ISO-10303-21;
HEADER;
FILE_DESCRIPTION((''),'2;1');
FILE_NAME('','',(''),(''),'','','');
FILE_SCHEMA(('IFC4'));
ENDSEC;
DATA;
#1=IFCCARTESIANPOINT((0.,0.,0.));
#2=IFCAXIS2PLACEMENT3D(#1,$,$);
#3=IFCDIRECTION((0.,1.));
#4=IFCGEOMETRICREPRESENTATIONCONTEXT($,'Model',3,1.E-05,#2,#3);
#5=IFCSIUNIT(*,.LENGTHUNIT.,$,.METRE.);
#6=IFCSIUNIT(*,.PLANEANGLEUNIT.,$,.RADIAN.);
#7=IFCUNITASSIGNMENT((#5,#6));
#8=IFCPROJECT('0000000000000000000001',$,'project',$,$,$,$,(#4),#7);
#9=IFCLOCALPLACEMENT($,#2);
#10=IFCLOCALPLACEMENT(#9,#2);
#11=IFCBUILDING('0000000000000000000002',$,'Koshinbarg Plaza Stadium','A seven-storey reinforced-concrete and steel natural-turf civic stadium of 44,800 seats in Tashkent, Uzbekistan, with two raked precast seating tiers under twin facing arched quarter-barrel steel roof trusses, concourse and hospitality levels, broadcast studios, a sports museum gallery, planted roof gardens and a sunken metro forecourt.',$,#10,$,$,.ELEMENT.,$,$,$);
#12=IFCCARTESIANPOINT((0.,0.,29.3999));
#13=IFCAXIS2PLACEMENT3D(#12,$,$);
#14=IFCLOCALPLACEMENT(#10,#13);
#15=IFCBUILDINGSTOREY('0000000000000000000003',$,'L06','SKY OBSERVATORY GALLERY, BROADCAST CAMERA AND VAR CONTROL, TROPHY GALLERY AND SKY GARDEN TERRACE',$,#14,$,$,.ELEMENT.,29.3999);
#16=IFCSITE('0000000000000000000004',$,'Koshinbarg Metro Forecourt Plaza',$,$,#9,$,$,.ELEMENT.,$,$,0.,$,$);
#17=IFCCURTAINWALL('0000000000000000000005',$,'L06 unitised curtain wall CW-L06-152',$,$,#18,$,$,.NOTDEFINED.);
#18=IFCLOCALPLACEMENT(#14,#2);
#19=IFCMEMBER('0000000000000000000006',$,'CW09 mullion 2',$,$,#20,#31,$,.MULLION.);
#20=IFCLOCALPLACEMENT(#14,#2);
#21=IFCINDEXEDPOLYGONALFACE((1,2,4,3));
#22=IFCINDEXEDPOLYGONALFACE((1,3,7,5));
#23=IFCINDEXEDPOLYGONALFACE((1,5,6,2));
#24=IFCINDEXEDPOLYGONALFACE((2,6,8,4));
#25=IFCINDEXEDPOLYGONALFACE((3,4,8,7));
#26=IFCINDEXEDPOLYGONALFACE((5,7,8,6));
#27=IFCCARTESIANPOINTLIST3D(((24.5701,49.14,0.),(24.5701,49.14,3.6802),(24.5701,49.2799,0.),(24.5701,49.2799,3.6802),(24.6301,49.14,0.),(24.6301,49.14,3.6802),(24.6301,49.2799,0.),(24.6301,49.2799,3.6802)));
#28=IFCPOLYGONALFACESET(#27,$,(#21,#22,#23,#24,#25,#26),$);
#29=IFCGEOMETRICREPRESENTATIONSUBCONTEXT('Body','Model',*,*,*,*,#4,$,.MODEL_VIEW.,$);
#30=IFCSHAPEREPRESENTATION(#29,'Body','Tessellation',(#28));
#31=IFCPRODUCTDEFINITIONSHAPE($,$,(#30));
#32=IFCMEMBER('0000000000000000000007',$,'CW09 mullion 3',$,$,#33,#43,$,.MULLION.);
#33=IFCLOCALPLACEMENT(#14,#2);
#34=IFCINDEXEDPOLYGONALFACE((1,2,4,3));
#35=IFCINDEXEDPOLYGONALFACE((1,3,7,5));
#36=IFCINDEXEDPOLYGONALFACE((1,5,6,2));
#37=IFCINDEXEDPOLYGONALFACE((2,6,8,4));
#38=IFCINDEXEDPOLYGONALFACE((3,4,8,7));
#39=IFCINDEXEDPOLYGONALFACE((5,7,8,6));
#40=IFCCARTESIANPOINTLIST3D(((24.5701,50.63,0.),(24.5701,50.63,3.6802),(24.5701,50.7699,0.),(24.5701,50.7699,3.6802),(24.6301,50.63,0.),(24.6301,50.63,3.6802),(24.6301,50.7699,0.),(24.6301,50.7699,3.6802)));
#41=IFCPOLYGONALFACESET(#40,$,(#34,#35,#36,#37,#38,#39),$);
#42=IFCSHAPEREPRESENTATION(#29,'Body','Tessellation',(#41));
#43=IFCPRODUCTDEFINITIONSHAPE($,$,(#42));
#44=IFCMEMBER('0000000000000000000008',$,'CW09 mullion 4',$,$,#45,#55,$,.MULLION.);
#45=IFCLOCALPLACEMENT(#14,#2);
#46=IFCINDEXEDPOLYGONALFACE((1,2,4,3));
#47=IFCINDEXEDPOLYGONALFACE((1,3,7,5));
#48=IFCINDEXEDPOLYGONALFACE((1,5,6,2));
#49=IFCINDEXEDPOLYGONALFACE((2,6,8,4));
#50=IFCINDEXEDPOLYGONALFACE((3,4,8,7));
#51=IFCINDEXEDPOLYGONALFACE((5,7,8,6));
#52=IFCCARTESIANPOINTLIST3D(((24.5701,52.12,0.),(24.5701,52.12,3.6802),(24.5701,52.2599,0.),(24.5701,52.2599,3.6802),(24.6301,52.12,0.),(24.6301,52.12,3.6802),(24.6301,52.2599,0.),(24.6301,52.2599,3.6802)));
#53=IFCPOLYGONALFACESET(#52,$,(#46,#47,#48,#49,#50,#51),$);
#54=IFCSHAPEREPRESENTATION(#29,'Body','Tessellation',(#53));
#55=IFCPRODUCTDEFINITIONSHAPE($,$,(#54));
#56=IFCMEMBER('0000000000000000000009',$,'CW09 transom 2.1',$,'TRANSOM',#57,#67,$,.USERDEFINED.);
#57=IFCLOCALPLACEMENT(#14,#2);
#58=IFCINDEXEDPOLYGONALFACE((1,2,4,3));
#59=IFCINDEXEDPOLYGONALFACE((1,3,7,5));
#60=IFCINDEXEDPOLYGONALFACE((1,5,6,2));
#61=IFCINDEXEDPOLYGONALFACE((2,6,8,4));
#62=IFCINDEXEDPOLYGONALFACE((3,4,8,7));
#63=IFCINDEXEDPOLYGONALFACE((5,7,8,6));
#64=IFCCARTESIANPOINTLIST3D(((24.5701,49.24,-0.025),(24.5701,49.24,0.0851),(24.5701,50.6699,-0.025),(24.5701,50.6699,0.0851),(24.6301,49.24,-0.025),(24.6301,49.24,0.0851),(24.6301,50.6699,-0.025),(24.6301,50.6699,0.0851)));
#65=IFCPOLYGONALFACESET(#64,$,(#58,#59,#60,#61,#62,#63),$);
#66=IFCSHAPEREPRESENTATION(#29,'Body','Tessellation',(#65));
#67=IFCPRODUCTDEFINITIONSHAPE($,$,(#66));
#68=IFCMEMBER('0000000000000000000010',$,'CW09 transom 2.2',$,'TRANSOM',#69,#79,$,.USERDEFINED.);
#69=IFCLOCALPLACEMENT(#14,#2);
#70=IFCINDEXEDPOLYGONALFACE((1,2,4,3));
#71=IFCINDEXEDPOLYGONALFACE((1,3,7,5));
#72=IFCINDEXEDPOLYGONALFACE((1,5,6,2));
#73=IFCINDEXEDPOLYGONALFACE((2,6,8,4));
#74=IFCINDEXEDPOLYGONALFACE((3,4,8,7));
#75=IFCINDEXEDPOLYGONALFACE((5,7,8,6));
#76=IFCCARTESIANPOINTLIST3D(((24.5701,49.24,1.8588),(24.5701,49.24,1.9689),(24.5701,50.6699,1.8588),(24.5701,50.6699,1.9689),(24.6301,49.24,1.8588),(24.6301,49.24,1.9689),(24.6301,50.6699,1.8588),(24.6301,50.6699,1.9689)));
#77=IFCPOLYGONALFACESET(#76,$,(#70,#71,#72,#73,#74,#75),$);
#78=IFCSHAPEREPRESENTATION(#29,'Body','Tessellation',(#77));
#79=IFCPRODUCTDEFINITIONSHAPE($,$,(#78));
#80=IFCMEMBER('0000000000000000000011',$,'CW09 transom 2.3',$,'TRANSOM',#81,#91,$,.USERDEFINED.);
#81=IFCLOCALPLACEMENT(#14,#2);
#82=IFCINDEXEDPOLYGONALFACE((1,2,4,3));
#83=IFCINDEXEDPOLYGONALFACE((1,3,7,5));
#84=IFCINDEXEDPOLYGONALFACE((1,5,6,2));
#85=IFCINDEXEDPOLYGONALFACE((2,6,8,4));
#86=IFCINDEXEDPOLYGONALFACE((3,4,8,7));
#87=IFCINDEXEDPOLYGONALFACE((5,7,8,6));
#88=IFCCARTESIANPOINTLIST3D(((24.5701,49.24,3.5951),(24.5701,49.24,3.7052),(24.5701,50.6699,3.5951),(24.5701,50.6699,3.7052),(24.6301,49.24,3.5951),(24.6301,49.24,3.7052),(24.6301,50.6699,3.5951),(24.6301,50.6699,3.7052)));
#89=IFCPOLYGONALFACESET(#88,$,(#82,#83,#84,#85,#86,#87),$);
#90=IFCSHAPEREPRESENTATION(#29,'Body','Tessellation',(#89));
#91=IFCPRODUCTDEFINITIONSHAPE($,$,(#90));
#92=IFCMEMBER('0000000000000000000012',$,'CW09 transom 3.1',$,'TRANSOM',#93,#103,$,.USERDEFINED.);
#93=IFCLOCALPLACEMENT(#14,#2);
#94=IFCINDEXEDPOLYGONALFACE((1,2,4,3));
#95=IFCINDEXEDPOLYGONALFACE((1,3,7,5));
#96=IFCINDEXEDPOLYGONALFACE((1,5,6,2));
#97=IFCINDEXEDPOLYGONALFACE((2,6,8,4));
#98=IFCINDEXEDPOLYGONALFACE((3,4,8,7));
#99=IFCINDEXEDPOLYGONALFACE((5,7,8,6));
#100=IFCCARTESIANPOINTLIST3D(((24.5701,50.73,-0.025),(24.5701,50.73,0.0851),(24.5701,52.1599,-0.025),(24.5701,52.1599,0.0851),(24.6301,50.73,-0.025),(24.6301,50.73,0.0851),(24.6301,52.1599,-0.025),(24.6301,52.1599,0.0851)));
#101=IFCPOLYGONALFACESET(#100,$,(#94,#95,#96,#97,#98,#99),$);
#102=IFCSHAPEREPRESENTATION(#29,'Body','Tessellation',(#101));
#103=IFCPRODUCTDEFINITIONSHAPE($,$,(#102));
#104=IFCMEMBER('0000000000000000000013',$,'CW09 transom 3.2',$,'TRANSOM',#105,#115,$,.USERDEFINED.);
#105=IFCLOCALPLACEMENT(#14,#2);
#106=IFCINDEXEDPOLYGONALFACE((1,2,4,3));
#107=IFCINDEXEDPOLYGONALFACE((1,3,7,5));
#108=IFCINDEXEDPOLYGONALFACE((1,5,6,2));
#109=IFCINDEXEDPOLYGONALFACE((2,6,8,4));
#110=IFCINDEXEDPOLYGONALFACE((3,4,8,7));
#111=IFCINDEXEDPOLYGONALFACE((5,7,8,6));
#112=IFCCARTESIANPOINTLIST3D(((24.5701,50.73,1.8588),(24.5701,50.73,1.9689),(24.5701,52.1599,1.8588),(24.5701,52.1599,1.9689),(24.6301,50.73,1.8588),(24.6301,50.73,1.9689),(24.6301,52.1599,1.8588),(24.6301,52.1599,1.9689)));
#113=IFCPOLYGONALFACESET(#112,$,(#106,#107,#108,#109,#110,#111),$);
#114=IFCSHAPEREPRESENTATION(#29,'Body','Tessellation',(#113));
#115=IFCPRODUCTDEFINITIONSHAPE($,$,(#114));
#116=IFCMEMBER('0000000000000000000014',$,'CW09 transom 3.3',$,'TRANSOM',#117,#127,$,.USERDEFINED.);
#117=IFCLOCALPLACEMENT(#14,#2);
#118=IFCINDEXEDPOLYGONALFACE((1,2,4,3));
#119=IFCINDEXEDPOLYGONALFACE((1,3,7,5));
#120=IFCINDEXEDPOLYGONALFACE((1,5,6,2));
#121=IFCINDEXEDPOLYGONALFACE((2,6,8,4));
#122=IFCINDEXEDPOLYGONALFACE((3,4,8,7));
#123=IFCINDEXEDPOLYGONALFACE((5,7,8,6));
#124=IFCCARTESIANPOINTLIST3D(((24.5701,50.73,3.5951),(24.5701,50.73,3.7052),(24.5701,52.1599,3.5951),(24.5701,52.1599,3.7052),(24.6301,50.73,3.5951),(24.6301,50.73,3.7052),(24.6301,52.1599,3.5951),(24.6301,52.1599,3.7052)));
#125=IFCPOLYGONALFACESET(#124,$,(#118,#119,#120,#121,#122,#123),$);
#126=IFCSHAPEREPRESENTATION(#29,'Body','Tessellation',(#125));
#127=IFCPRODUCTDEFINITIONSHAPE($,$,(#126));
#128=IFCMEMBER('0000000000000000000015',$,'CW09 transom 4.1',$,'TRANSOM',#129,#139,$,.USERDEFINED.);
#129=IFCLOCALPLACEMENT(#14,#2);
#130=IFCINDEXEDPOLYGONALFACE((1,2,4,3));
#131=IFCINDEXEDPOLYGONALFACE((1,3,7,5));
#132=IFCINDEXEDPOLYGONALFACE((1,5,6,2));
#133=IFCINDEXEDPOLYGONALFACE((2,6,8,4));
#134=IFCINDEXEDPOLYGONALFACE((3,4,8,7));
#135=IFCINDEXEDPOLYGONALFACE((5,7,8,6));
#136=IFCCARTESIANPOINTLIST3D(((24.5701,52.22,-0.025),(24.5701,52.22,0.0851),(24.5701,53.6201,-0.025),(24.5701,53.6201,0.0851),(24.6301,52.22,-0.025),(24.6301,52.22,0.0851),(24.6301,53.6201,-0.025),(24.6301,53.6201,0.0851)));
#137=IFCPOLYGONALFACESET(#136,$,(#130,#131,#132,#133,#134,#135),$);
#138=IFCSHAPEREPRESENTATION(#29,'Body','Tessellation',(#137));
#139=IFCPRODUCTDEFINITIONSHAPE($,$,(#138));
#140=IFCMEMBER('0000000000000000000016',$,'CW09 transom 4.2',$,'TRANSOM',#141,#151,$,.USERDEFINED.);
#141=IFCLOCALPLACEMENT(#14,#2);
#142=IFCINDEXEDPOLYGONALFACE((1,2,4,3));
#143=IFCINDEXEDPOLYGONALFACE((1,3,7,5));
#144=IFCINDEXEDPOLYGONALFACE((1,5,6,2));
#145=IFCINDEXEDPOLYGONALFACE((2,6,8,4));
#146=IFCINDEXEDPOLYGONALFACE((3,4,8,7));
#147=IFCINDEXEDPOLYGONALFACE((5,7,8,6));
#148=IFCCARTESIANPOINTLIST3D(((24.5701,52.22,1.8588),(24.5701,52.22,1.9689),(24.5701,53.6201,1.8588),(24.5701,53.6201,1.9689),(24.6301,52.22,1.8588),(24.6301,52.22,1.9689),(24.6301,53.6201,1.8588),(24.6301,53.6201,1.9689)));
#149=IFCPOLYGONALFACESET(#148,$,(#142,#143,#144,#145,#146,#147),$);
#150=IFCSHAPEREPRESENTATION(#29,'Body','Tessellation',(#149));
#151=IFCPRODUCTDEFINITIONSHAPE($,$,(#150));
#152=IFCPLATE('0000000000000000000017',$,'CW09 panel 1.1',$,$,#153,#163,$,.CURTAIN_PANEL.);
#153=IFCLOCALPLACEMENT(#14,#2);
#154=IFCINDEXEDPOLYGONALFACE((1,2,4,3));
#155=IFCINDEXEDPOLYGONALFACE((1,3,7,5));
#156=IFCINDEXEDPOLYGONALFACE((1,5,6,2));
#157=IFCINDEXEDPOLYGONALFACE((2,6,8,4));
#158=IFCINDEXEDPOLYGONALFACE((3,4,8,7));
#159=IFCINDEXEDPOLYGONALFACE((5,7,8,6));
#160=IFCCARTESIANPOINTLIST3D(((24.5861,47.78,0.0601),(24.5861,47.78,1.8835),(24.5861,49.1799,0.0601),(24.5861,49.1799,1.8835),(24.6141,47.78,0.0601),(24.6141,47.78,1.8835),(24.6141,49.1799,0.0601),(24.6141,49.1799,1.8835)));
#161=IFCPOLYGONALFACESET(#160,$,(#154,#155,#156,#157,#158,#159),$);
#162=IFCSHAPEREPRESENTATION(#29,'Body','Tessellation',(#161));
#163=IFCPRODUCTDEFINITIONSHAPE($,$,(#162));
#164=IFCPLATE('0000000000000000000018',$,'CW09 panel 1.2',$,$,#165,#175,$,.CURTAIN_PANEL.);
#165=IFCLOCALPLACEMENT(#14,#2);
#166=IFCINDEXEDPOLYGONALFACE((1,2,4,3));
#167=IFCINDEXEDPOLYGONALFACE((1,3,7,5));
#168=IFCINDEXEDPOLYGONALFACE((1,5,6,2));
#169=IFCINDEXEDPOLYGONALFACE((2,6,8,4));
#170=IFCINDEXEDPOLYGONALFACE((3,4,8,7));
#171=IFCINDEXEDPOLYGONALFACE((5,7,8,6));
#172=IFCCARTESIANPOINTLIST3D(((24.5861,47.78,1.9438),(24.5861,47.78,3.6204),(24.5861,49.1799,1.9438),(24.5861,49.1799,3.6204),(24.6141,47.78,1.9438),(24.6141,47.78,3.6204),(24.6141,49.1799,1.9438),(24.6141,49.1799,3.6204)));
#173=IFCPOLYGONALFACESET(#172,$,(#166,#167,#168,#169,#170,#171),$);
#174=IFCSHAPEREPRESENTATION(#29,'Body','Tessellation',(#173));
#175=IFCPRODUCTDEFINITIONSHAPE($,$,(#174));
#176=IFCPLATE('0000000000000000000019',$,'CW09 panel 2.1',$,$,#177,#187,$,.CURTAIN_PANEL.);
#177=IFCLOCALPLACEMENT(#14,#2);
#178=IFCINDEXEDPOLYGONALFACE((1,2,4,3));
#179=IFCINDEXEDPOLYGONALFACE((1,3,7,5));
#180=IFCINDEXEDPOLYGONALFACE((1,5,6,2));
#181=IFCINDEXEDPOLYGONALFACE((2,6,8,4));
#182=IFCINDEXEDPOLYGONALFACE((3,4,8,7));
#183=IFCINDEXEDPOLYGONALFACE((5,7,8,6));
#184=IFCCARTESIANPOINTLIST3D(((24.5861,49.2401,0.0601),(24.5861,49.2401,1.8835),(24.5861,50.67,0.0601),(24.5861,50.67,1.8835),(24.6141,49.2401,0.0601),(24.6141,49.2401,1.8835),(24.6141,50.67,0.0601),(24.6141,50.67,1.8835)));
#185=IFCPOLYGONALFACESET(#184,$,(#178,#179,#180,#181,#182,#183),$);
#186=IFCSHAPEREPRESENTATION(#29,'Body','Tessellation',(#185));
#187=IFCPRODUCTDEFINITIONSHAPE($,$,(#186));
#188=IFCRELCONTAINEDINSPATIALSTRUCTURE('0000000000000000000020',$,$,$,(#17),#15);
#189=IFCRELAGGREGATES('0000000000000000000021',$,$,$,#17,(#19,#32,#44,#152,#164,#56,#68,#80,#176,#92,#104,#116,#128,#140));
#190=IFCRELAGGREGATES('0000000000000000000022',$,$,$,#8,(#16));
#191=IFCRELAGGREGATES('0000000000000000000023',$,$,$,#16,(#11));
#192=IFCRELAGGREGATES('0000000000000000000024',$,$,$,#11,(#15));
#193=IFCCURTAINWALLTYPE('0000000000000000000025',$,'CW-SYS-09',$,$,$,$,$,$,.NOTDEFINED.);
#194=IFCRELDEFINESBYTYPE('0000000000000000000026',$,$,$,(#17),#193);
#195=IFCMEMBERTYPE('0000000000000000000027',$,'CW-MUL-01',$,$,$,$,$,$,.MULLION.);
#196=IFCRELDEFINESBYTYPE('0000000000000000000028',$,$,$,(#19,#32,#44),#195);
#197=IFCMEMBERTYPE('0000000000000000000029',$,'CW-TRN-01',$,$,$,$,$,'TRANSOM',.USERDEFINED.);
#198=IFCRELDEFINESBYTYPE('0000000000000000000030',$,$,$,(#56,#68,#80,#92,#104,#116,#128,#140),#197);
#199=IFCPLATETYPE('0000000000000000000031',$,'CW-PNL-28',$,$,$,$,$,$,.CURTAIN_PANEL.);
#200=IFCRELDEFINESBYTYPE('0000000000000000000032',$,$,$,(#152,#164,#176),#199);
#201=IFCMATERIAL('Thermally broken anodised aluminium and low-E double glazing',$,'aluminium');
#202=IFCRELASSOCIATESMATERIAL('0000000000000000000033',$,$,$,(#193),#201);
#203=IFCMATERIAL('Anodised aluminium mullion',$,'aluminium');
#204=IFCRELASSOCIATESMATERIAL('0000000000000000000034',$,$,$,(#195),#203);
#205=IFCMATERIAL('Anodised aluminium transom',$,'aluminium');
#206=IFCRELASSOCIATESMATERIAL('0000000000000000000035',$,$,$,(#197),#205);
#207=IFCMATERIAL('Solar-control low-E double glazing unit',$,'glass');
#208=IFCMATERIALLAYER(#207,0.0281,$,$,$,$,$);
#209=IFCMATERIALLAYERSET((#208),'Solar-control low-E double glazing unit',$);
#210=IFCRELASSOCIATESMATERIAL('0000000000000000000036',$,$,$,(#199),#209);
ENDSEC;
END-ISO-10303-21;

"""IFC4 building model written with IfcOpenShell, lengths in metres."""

from ifc_helpers import new_model, si_unit, direction, frame, origin, origin_2d, place, context, subcontext, project, spatial, rectangle, extrude, material, layer, layer_set, material_profile, profile_set, type_object, element, aggregate, save


model = new_model("IFC4")

# Units and contexts
model_context = context("Model", 3, precision=1e-05, world=origin(), true_north=direction((0.0, 1.0)))
body_context = subcontext(model_context, "Body", "Model", "MODEL_VIEW")
ifc_project = project(units=[si_unit("LENGTHUNIT", "METRE"), si_unit("PLANEANGLEUNIT", "RADIAN")], contexts=[model_context])

# Site, building, storey
site_placement = place(None, origin())
site = spatial("IfcSite", under=ifc_project, at=site_placement, Name="Koshinbarg Metro Forecourt Plaza", CompositionType="ELEMENT", RefElevation=0.0)
building_placement = place(site_placement, origin())
building = spatial("IfcBuilding", under=site, at=building_placement, Name="Koshinbarg Plaza Stadium", Description="A seven-storey reinforced-concrete and steel natural-turf civic stadium of 44,800 seats in Tashkent, Uzbekistan, with two raked precast seating tiers under twin facing arched quarter-barrel steel roof trusses, concourse and hospitality levels, broadcast studios, a sports museum gallery, planted roof gardens and a sunken metro forecourt.", CompositionType="ELEMENT")
storey_placement = place(building_placement, frame((0.0, 0.0, 29.3999)))
storey = spatial("IfcBuildingStorey", under=building, at=storey_placement, Name="L06", Description="SKY OBSERVATORY GALLERY, BROADCAST CAMERA AND VAR CONTROL, TROPHY GALLERY AND SKY GARDEN TERRACE", CompositionType="ELEMENT", Elevation=29.3999)

# Curtain wall, members, plates
ifc_material_1 = material(Name="Thermally broken anodised aluminium and low-E double glazing", Category="aluminium")
curtain_wall_type = type_object("IfcCurtainWallType", Name="CW-SYS-09", PredefinedType="NOTDEFINED", material=ifc_material_1)
curtain_wall_placement = place(storey_placement, origin())
curtain_wall = element("IfcCurtainWall", 1, at=curtain_wall_placement, inside=storey, type_object=curtain_wall_type, Name="L06 unitised curtain wall CW-L06-152", PredefinedType="NOTDEFINED")
ifc_material_2 = material(Name="Anodised aluminium mullion", Category="aluminium")
ifc_material_profile_1 = material_profile(ifc_material_2, rectangle(XDim=0.0601, YDim=0.1399, at=origin_2d()), Name="ALU 60x140")
ifc_profile_set_1 = profile_set([ifc_material_profile_1], Name="Anodised aluminium mullion")
member_type_1 = type_object("IfcMemberType", Name="CW-MUL-01", PredefinedType="MULLION", material=ifc_profile_set_1)
member_1_placement = place(storey_placement, frame((24.6001, 49.21, 0.0), z_axis=(0.0, 0.0, 1.0), x_axis=(-1.0, 0.0, 0.0)))
member_1 = element("IfcMember", 2, at=member_1_placement, type_object=member_type_1, Name="CW09 mullion 2", PredefinedType="MULLION", context=body_context, shape_type="SweptSolid", body=[
    extrude(rectangle(XDim=0.0601, YDim=0.1399, at=origin_2d()), origin(), (0.0, 0.0, 1.0), 3.6802),
])
member_2_placement = place(storey_placement, frame((24.6001, 50.7, 0.0), z_axis=(0.0, 0.0, 1.0), x_axis=(-1.0, 0.0, 0.0)))
member_2 = element("IfcMember", 3, at=member_2_placement, type_object=member_type_1, Name="CW09 mullion 3", PredefinedType="MULLION", context=body_context, shape_type="SweptSolid", body=[
    extrude(rectangle(XDim=0.0601, YDim=0.1399, at=origin_2d()), origin(), (0.0, 0.0, 1.0), 3.6802),
])
member_3_placement = place(storey_placement, frame((24.6001, 52.1899, 0.0), z_axis=(0.0, 0.0, 1.0), x_axis=(-1.0, 0.0, 0.0)))
member_3 = element("IfcMember", 4, at=member_3_placement, type_object=member_type_1, Name="CW09 mullion 4", PredefinedType="MULLION", context=body_context, shape_type="SweptSolid", body=[
    extrude(rectangle(XDim=0.0601, YDim=0.1399, at=origin_2d()), origin(), (0.0, 0.0, 1.0), 3.6802),
])
ifc_material_3 = material(Name="Anodised aluminium transom", Category="aluminium")
ifc_material_profile_2 = material_profile(ifc_material_3, rectangle(XDim=0.0601, YDim=0.1101, at=origin_2d()), Name="ALU 60x110")
ifc_profile_set_2 = profile_set([ifc_material_profile_2], Name="Anodised aluminium transom")
member_type_2 = type_object("IfcMemberType", Name="CW-TRN-01", ElementType="TRANSOM", PredefinedType="USERDEFINED", material=ifc_profile_set_2)
member_4_placement = place(storey_placement, frame((24.6001, 49.24, 0.03), z_axis=(0.0, 1.0, 0.0), x_axis=(-1.0, 0.0, 0.0)))
member_4 = element("IfcMember", 5, at=member_4_placement, type_object=member_type_2, Name="CW09 transom 2.1", ObjectType="TRANSOM", PredefinedType="USERDEFINED", context=body_context, shape_type="SweptSolid", body=[
    extrude(rectangle(XDim=0.0601, YDim=0.1101, at=origin_2d()), origin(), (0.0, 0.0, 1.0), 1.4299),
])
member_5_placement = place(storey_placement, frame((24.6001, 49.24, 1.9138), z_axis=(0.0, 1.0, 0.0), x_axis=(-1.0, 0.0, 0.0)))
member_5 = element("IfcMember", 6, at=member_5_placement, type_object=member_type_2, Name="CW09 transom 2.2", ObjectType="TRANSOM", PredefinedType="USERDEFINED", context=body_context, shape_type="SweptSolid", body=[
    extrude(rectangle(XDim=0.0601, YDim=0.1101, at=origin_2d()), origin(), (0.0, 0.0, 1.0), 1.4299),
])
member_6_placement = place(storey_placement, frame((24.6001, 49.24, 3.6501), z_axis=(0.0, 1.0, 0.0), x_axis=(-1.0, 0.0, 0.0)))
member_6 = element("IfcMember", 7, at=member_6_placement, type_object=member_type_2, Name="CW09 transom 2.3", ObjectType="TRANSOM", PredefinedType="USERDEFINED", context=body_context, shape_type="SweptSolid", body=[
    extrude(rectangle(XDim=0.0601, YDim=0.1101, at=origin_2d()), origin(), (0.0, 0.0, 1.0), 1.4299),
])
member_7_placement = place(storey_placement, frame((24.6001, 50.73, 0.03), z_axis=(0.0, 1.0, 0.0), x_axis=(-1.0, 0.0, 0.0)))
member_7 = element("IfcMember", 8, at=member_7_placement, type_object=member_type_2, Name="CW09 transom 3.1", ObjectType="TRANSOM", PredefinedType="USERDEFINED", context=body_context, shape_type="SweptSolid", body=[
    extrude(rectangle(XDim=0.0601, YDim=0.1101, at=origin_2d()), origin(), (0.0, 0.0, 1.0), 1.4299),
])
member_8_placement = place(storey_placement, frame((24.6001, 50.73, 1.9138), z_axis=(0.0, 1.0, 0.0), x_axis=(-1.0, 0.0, 0.0)))
member_8 = element("IfcMember", 9, at=member_8_placement, type_object=member_type_2, Name="CW09 transom 3.2", ObjectType="TRANSOM", PredefinedType="USERDEFINED", context=body_context, shape_type="SweptSolid", body=[
    extrude(rectangle(XDim=0.0601, YDim=0.1101, at=origin_2d()), origin(), (0.0, 0.0, 1.0), 1.4299),
])
member_9_placement = place(storey_placement, frame((24.6001, 50.73, 3.6501), z_axis=(0.0, 1.0, 0.0), x_axis=(-1.0, 0.0, 0.0)))
member_9 = element("IfcMember", 10, at=member_9_placement, type_object=member_type_2, Name="CW09 transom 3.3", ObjectType="TRANSOM", PredefinedType="USERDEFINED", context=body_context, shape_type="SweptSolid", body=[
    extrude(rectangle(XDim=0.0601, YDim=0.1101, at=origin_2d()), origin(), (0.0, 0.0, 1.0), 1.4299),
])
member_10_placement = place(storey_placement, frame((24.6001, 52.22, 0.03), z_axis=(0.0, 1.0, 0.0), x_axis=(-1.0, 0.0, 0.0)))
member_10 = element("IfcMember", 11, at=member_10_placement, type_object=member_type_2, Name="CW09 transom 4.1", ObjectType="TRANSOM", PredefinedType="USERDEFINED", context=body_context, shape_type="SweptSolid", body=[
    extrude(rectangle(XDim=0.0601, YDim=0.1101, at=origin_2d()), origin(), (0.0, 0.0, 1.0), 1.4001),
])
member_11_placement = place(storey_placement, frame((24.6001, 52.22, 1.9138), z_axis=(0.0, 1.0, 0.0), x_axis=(-1.0, 0.0, 0.0)))
member_11 = element("IfcMember", 12, at=member_11_placement, type_object=member_type_2, Name="CW09 transom 4.2", ObjectType="TRANSOM", PredefinedType="USERDEFINED", context=body_context, shape_type="SweptSolid", body=[
    extrude(rectangle(XDim=0.0601, YDim=0.1101, at=origin_2d()), origin(), (0.0, 0.0, 1.0), 1.4001),
])
ifc_material_4 = material(Name="Solar-control low-E double glazing unit", Category="glass")
ifc_layer_1 = layer(ifc_material_4, 0.0281)
ifc_layer_set_1 = layer_set([ifc_layer_1], Name="Solar-control low-E double glazing unit")
plate_type = type_object("IfcPlateType", Name="CW-PNL-28", PredefinedType="CURTAIN_PANEL", material=ifc_layer_set_1)
plate_1_placement = place(storey_placement, frame((24.6001, 48.48, 0.0601), z_axis=(0.0, 0.0, 1.0), x_axis=(0.0, 1.0, 0.0)))
plate_1 = element("IfcPlate", 13, at=plate_1_placement, type_object=plate_type, Name="CW09 panel 1.1", PredefinedType="CURTAIN_PANEL", context=body_context, shape_type="SweptSolid", body=[
    extrude(rectangle(XDim=1.3999, YDim=0.0281, at=origin_2d()), origin(), (0.0, 0.0, 1.0), 1.8235),
])
plate_2_placement = place(storey_placement, frame((24.6001, 48.48, 1.9438), z_axis=(0.0, 0.0, 1.0), x_axis=(0.0, 1.0, 0.0)))
plate_2 = element("IfcPlate", 14, at=plate_2_placement, type_object=plate_type, Name="CW09 panel 1.2", PredefinedType="CURTAIN_PANEL", context=body_context, shape_type="SweptSolid", body=[
    extrude(rectangle(XDim=1.3999, YDim=0.0281, at=origin_2d()), origin(), (0.0, 0.0, 1.0), 1.6765),
])
plate_3_placement = place(storey_placement, frame((24.6001, 49.9551, 0.0601), z_axis=(0.0, 0.0, 1.0), x_axis=(0.0, 1.0, 0.0)))
plate_3 = element("IfcPlate", 15, at=plate_3_placement, type_object=plate_type, Name="CW09 panel 2.1", PredefinedType="CURTAIN_PANEL", context=body_context, shape_type="SweptSolid", body=[
    extrude(rectangle(XDim=1.4299, YDim=0.0281, at=origin_2d()), origin(), (0.0, 0.0, 1.0), 1.8235),
])
aggregate(curtain_wall, [member_1, member_2, member_3, plate_1, plate_2, member_4, member_5, member_6, plate_3, member_7, member_8, member_9, member_10, member_11])

save(model, "model.ifc")
